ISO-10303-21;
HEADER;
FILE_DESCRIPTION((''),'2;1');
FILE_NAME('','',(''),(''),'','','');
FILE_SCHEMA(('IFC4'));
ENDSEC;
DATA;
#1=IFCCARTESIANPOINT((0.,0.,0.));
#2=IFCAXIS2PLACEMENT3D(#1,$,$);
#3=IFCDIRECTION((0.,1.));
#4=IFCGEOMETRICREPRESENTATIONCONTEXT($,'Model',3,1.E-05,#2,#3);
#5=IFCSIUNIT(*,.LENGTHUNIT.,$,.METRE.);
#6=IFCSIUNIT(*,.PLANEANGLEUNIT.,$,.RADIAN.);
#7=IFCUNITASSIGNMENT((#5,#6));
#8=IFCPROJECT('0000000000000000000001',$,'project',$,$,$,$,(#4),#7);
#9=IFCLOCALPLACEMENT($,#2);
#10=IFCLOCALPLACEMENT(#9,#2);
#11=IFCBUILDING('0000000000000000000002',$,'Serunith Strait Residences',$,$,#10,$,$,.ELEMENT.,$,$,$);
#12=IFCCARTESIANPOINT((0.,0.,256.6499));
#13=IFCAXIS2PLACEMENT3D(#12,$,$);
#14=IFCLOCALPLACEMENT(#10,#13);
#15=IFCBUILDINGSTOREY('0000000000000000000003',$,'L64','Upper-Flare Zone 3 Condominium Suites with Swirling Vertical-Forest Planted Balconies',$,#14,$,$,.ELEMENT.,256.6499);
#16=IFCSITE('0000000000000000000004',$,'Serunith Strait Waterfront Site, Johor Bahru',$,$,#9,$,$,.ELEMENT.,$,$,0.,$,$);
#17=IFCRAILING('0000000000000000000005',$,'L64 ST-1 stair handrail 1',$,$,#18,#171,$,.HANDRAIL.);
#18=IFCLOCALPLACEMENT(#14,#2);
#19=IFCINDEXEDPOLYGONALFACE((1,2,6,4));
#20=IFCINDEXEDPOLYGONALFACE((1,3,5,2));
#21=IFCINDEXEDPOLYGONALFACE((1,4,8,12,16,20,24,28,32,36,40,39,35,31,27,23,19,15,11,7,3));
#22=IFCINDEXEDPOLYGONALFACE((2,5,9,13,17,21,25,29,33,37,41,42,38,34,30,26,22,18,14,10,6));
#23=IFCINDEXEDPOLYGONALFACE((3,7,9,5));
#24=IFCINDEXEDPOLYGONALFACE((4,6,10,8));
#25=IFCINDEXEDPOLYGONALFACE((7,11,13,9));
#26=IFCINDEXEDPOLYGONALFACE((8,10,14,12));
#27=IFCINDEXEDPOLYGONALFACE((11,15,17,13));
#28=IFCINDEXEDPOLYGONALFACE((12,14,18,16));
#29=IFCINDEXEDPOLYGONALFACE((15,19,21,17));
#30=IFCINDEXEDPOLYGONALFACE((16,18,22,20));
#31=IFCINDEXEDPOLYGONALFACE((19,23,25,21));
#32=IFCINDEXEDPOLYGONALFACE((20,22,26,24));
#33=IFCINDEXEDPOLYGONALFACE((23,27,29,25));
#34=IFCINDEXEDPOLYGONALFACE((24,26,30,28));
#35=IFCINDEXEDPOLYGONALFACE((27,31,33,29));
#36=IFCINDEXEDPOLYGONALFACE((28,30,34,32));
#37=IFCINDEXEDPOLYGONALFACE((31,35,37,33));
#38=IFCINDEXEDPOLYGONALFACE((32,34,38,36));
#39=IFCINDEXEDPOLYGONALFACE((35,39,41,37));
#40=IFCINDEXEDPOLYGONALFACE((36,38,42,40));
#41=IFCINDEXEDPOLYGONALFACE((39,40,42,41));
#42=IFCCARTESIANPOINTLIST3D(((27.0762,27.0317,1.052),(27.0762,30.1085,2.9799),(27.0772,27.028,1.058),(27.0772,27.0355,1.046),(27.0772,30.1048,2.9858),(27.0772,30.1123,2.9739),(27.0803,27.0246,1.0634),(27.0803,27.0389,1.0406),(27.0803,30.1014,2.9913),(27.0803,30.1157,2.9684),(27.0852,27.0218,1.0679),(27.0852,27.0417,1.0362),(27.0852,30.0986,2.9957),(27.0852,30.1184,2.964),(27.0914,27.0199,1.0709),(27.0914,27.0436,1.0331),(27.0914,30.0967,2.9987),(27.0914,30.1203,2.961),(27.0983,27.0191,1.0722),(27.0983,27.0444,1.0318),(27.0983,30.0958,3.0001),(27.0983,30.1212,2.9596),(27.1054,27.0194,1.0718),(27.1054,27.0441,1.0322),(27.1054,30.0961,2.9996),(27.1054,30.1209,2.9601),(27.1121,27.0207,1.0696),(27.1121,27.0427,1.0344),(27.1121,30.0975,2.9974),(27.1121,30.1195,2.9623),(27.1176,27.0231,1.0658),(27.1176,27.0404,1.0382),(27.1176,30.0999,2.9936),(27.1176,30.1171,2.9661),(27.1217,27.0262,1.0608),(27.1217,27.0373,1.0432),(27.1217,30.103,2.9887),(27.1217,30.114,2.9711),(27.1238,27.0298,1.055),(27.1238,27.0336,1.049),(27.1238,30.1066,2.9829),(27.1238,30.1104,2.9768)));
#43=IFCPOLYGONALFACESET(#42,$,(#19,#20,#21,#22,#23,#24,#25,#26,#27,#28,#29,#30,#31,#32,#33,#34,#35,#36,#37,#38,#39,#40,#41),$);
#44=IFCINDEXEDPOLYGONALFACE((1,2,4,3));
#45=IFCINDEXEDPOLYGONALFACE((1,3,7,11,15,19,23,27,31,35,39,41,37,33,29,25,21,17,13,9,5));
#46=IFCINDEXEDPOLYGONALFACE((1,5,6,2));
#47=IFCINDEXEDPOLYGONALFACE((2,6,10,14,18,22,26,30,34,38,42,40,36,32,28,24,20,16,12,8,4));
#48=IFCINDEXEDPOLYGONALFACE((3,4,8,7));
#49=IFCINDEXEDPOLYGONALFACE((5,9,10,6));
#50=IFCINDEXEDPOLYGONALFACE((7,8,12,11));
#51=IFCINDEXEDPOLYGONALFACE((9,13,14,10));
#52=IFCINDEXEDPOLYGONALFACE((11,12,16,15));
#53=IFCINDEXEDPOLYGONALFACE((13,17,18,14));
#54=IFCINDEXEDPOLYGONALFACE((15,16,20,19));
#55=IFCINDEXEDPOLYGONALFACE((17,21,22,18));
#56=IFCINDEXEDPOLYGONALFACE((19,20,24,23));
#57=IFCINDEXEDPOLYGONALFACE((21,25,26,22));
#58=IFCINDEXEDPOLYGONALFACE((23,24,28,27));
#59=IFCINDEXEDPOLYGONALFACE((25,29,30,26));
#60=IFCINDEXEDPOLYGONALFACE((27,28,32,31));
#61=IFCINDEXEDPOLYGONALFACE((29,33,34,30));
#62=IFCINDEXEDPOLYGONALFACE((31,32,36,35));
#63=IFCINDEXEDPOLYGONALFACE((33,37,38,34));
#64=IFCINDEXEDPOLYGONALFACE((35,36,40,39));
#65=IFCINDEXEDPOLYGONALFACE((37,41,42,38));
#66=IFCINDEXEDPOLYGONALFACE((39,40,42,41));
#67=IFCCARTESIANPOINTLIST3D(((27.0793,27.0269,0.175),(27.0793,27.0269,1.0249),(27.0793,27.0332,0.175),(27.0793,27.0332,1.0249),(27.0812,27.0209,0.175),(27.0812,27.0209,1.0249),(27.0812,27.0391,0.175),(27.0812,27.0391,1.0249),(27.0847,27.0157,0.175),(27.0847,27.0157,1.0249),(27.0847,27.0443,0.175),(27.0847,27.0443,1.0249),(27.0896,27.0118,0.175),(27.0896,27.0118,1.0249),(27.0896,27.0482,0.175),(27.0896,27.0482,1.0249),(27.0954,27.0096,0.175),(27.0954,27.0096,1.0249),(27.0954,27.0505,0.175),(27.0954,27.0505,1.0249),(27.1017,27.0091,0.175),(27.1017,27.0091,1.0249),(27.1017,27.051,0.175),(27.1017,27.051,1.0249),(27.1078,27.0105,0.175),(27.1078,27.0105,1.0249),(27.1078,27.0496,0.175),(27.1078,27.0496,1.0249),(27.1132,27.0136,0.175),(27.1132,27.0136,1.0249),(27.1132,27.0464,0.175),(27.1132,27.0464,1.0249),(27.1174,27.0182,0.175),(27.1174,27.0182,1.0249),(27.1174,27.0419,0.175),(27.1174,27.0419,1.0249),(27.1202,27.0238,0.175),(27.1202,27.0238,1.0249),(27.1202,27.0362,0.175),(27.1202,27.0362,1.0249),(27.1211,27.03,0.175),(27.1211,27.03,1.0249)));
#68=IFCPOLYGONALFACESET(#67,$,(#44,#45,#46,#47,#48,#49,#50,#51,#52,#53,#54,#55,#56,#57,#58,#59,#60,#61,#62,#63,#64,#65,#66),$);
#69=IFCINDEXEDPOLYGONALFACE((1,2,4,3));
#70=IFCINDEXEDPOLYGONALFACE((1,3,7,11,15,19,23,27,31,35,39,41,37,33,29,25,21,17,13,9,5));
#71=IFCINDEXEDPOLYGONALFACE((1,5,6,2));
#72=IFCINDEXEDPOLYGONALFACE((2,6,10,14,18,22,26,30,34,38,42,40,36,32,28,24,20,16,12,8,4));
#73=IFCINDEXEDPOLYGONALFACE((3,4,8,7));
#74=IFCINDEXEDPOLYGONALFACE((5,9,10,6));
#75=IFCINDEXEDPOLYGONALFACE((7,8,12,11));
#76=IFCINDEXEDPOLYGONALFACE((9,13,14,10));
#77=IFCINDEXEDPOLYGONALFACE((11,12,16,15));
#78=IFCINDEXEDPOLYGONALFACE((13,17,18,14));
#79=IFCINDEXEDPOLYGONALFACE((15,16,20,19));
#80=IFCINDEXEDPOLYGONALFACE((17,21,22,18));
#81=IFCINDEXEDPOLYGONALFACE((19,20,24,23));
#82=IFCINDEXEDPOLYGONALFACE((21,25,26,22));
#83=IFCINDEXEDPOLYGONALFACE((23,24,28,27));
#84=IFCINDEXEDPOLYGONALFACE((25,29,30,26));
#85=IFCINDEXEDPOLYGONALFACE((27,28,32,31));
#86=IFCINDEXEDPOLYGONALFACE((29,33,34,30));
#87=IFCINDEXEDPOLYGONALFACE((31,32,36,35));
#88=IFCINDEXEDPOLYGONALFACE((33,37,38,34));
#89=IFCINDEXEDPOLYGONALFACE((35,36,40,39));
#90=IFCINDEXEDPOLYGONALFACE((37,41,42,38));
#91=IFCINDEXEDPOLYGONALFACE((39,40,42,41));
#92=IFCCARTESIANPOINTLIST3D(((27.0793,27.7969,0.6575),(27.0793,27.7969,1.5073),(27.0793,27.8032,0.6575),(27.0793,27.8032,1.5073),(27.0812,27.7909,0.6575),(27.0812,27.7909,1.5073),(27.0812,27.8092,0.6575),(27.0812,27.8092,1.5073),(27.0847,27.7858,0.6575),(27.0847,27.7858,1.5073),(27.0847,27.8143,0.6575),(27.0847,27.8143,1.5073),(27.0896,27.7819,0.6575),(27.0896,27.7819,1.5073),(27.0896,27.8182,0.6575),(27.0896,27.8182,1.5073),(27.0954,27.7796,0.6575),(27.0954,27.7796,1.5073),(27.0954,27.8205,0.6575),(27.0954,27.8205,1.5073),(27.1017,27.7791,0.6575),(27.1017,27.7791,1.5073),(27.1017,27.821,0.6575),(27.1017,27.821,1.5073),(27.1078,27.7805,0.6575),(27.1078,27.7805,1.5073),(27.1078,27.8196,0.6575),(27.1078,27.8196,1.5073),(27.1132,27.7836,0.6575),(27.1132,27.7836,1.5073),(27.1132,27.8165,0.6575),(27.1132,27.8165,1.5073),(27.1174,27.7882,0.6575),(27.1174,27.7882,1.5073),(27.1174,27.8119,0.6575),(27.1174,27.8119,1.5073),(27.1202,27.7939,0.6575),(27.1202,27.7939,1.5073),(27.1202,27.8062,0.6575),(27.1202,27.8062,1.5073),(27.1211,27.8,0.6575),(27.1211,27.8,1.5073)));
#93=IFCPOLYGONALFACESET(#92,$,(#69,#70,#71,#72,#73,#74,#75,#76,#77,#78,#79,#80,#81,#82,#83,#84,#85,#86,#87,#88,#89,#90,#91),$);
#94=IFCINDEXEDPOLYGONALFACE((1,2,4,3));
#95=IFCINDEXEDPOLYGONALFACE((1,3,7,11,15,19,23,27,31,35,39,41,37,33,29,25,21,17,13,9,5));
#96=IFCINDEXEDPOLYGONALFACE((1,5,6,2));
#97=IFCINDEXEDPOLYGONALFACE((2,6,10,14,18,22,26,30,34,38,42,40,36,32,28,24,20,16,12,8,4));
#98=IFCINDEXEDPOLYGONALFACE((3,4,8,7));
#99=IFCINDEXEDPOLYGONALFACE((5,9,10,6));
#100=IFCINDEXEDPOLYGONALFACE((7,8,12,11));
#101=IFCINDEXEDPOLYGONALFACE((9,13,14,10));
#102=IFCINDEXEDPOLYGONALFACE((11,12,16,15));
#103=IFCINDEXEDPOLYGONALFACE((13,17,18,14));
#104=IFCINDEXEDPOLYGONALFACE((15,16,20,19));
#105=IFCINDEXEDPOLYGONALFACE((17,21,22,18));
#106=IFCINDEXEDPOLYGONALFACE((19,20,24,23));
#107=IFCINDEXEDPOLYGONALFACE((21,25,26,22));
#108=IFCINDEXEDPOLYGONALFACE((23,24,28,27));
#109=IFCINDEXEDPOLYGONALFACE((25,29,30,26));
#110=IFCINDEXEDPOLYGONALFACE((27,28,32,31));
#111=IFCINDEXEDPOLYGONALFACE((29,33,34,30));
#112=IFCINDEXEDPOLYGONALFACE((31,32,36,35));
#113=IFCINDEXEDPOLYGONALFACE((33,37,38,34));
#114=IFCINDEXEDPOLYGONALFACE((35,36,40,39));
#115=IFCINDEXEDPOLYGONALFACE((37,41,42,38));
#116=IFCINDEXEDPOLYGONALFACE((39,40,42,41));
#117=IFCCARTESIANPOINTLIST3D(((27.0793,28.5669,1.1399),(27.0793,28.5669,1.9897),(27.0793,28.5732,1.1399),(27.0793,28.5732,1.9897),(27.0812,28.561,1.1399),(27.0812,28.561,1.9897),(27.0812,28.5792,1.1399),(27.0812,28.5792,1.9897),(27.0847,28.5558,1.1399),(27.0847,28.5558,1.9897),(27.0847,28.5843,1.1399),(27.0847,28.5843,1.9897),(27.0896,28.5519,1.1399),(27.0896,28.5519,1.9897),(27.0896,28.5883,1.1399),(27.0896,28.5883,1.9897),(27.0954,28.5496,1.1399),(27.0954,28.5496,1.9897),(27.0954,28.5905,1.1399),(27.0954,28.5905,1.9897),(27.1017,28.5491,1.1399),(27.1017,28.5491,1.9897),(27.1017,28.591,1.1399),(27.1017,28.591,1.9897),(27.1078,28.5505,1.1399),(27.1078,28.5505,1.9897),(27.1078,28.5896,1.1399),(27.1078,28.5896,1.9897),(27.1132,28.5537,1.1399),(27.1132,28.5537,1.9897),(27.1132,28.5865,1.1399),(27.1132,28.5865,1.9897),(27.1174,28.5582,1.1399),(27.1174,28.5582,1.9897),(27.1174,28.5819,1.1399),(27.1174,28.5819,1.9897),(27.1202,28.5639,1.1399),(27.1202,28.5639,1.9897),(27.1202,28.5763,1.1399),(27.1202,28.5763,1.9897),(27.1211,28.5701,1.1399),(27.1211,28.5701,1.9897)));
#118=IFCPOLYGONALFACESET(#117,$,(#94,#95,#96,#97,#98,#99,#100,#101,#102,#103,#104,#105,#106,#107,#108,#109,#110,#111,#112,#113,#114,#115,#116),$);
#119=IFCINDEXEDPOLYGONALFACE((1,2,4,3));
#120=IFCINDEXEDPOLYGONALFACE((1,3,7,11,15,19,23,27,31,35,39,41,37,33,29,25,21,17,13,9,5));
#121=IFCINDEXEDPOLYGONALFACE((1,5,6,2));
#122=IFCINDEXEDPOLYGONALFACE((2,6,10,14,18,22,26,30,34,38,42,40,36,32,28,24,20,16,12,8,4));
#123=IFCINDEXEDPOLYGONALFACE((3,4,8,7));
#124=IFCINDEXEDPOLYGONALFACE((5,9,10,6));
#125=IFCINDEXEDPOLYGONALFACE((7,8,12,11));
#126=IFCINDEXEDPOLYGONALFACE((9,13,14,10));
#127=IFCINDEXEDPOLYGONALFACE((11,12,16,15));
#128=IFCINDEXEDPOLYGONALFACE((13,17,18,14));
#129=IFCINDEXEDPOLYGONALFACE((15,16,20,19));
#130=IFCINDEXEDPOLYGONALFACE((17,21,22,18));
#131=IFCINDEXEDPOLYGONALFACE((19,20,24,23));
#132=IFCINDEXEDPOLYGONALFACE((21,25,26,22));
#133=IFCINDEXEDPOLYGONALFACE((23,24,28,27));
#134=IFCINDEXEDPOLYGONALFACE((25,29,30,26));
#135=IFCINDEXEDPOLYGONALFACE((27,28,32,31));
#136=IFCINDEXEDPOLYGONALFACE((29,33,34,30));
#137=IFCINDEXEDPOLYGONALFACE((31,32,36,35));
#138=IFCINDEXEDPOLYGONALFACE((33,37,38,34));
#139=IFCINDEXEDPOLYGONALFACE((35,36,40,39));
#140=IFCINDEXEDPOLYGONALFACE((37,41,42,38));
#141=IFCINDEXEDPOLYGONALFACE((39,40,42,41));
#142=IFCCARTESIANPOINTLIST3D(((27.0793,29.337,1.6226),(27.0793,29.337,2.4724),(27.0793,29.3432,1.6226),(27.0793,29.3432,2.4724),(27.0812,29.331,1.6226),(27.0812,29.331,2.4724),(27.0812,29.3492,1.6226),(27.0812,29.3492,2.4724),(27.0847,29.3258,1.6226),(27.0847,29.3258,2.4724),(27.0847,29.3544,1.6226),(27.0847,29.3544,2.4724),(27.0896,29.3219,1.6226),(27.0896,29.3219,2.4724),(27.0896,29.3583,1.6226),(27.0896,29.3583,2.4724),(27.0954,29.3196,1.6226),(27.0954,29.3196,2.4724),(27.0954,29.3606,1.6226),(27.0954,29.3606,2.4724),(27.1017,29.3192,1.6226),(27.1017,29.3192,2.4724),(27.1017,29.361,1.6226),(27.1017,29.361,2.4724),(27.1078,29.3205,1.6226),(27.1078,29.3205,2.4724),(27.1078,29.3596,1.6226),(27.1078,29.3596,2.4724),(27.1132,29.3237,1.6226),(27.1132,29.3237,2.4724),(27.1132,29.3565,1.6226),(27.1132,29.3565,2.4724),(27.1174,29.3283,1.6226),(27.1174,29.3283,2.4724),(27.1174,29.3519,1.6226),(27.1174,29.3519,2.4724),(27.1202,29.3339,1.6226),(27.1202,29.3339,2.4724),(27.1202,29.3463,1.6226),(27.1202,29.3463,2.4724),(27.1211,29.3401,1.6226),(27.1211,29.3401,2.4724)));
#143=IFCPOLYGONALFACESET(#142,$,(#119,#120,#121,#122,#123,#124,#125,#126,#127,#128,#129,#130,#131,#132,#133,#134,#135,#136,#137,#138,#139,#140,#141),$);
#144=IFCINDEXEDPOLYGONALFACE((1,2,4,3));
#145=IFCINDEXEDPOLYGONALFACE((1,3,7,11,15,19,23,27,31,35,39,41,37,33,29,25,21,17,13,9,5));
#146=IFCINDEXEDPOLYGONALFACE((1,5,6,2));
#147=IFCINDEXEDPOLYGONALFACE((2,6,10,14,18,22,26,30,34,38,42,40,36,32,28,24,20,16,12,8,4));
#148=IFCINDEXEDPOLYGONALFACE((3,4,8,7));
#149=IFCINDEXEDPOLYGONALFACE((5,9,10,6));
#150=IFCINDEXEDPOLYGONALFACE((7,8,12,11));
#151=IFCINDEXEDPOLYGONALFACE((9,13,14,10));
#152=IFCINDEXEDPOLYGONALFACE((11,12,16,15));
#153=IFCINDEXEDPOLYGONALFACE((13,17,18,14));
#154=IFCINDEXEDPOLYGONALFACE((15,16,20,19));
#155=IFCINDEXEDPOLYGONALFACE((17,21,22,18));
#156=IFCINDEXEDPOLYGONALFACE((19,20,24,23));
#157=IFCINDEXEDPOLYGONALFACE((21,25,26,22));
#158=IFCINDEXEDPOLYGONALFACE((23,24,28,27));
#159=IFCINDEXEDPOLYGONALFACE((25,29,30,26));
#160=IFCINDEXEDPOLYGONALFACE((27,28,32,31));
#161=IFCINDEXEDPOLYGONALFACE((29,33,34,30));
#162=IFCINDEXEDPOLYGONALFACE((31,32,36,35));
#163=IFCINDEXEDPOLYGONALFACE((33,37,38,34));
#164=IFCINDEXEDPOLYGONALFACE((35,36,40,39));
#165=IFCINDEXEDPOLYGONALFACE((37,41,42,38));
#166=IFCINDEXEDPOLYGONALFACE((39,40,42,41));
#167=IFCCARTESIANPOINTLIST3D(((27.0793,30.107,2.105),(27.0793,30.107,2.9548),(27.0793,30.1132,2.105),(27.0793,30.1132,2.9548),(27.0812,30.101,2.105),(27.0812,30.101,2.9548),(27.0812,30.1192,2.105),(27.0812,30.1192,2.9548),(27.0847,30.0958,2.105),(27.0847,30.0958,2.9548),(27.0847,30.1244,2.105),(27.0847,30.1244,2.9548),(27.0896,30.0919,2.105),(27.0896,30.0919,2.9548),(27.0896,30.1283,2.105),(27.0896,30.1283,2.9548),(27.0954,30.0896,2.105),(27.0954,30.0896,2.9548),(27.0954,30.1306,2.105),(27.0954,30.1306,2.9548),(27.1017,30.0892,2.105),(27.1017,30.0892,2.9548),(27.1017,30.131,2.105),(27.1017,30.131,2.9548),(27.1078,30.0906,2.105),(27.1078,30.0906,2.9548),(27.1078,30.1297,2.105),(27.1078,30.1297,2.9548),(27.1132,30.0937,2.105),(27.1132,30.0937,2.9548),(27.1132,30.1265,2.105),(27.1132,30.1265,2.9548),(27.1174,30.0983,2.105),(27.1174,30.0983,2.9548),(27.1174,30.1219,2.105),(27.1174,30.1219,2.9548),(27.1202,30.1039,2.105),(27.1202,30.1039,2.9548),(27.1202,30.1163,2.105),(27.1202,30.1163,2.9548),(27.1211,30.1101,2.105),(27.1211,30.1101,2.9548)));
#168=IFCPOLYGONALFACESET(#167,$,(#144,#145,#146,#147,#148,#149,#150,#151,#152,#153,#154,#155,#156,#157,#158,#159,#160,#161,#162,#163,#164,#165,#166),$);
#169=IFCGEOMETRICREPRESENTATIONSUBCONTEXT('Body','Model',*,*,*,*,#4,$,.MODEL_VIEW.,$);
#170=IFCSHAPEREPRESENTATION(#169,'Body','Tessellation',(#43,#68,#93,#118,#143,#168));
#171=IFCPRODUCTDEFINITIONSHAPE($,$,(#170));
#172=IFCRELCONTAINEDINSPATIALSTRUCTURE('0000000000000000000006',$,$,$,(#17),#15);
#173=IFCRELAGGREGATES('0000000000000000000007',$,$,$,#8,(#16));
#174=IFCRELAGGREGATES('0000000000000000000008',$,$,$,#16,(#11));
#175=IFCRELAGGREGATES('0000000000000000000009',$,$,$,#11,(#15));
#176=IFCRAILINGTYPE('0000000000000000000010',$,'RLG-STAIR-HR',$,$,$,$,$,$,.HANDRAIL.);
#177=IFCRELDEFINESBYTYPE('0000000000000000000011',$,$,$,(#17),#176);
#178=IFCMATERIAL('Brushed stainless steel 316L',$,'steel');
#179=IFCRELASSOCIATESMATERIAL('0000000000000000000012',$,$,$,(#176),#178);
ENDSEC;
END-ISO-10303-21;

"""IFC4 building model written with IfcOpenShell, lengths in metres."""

from ifc_helpers import new_model, si_unit, direction, frame, origin, origin_2d, place, context, subcontext, project, spatial, circle, extrude, material, type_object, element, save


model = new_model("IFC4")

# Units and contexts
model_context = context("Model", 3, precision=1e-05, world=origin(), true_north=direction((0.0, 1.0)))
body_context = subcontext(model_context, "Body", "Model", "MODEL_VIEW")
ifc_project = project(units=[si_unit("LENGTHUNIT", "METRE"), si_unit("PLANEANGLEUNIT", "RADIAN")], contexts=[model_context])

# Site, building, storey
site_placement = place(None, origin())
site = spatial("IfcSite", under=ifc_project, at=site_placement, Name="Serunith Strait Waterfront Site, Johor Bahru", CompositionType="ELEMENT", RefElevation=0.0)
building_placement = place(site_placement, origin())
building = spatial("IfcBuilding", under=site, at=building_placement, Name="Serunith Strait Residences", CompositionType="ELEMENT")
storey_placement = place(building_placement, frame((0.0, 0.0, 256.6499)))
storey = spatial("IfcBuildingStorey", under=building, at=storey_placement, Name="L64", Description="Upper-Flare Zone 3 Condominium Suites with Swirling Vertical-Forest Planted Balconies", CompositionType="ELEMENT", Elevation=256.6499)

# Railing
ifc_material_1 = material(Name="Brushed stainless steel 316L", Category="steel")
railing_type_1 = type_object("IfcRailingType", Name="RLG-STAIR-HR", PredefinedType="HANDRAIL", material=ifc_material_1)
railing_1_placement = place(storey_placement, frame((27.1001, 27.03, 0.175)))
element("IfcRailing", 1, at=railing_1_placement, inside=storey, type_object=railing_type_1, Name="L64 ST-1 stair handrail 1", PredefinedType="HANDRAIL", context=body_context, shape_type="SweptSolid", body=[
    extrude(circle(Radius=0.0239, at=origin_2d()), frame((0.0, 0.0017, 0.877), z_axis=(0.0, 0.847394, 0.530965), x_axis=(-1.0, 0.0, 0.0)), (0.0, 0.0, 1.0), 3.6309),
    extrude(circle(Radius=0.021, at=origin_2d()), origin(), (0.0, 0.0, 1.0), 0.8499),
    extrude(circle(Radius=0.021, at=origin_2d()), frame((0.0, 0.77, 0.4824)), (0.0, 0.0, 1.0), 0.8499),
    extrude(circle(Radius=0.021, at=origin_2d()), frame((0.0, 1.54, 0.9648)), (0.0, 0.0, 1.0), 0.8499),
    extrude(circle(Radius=0.021, at=origin_2d()), frame((0.0, 2.3101, 1.4475)), (0.0, 0.0, 1.0), 0.8499),
    extrude(circle(Radius=0.021, at=origin_2d()), frame((0.0, 3.0801, 1.9299)), (0.0, 0.0, 1.0), 0.8499),
])

save(model, "model.ifc")
